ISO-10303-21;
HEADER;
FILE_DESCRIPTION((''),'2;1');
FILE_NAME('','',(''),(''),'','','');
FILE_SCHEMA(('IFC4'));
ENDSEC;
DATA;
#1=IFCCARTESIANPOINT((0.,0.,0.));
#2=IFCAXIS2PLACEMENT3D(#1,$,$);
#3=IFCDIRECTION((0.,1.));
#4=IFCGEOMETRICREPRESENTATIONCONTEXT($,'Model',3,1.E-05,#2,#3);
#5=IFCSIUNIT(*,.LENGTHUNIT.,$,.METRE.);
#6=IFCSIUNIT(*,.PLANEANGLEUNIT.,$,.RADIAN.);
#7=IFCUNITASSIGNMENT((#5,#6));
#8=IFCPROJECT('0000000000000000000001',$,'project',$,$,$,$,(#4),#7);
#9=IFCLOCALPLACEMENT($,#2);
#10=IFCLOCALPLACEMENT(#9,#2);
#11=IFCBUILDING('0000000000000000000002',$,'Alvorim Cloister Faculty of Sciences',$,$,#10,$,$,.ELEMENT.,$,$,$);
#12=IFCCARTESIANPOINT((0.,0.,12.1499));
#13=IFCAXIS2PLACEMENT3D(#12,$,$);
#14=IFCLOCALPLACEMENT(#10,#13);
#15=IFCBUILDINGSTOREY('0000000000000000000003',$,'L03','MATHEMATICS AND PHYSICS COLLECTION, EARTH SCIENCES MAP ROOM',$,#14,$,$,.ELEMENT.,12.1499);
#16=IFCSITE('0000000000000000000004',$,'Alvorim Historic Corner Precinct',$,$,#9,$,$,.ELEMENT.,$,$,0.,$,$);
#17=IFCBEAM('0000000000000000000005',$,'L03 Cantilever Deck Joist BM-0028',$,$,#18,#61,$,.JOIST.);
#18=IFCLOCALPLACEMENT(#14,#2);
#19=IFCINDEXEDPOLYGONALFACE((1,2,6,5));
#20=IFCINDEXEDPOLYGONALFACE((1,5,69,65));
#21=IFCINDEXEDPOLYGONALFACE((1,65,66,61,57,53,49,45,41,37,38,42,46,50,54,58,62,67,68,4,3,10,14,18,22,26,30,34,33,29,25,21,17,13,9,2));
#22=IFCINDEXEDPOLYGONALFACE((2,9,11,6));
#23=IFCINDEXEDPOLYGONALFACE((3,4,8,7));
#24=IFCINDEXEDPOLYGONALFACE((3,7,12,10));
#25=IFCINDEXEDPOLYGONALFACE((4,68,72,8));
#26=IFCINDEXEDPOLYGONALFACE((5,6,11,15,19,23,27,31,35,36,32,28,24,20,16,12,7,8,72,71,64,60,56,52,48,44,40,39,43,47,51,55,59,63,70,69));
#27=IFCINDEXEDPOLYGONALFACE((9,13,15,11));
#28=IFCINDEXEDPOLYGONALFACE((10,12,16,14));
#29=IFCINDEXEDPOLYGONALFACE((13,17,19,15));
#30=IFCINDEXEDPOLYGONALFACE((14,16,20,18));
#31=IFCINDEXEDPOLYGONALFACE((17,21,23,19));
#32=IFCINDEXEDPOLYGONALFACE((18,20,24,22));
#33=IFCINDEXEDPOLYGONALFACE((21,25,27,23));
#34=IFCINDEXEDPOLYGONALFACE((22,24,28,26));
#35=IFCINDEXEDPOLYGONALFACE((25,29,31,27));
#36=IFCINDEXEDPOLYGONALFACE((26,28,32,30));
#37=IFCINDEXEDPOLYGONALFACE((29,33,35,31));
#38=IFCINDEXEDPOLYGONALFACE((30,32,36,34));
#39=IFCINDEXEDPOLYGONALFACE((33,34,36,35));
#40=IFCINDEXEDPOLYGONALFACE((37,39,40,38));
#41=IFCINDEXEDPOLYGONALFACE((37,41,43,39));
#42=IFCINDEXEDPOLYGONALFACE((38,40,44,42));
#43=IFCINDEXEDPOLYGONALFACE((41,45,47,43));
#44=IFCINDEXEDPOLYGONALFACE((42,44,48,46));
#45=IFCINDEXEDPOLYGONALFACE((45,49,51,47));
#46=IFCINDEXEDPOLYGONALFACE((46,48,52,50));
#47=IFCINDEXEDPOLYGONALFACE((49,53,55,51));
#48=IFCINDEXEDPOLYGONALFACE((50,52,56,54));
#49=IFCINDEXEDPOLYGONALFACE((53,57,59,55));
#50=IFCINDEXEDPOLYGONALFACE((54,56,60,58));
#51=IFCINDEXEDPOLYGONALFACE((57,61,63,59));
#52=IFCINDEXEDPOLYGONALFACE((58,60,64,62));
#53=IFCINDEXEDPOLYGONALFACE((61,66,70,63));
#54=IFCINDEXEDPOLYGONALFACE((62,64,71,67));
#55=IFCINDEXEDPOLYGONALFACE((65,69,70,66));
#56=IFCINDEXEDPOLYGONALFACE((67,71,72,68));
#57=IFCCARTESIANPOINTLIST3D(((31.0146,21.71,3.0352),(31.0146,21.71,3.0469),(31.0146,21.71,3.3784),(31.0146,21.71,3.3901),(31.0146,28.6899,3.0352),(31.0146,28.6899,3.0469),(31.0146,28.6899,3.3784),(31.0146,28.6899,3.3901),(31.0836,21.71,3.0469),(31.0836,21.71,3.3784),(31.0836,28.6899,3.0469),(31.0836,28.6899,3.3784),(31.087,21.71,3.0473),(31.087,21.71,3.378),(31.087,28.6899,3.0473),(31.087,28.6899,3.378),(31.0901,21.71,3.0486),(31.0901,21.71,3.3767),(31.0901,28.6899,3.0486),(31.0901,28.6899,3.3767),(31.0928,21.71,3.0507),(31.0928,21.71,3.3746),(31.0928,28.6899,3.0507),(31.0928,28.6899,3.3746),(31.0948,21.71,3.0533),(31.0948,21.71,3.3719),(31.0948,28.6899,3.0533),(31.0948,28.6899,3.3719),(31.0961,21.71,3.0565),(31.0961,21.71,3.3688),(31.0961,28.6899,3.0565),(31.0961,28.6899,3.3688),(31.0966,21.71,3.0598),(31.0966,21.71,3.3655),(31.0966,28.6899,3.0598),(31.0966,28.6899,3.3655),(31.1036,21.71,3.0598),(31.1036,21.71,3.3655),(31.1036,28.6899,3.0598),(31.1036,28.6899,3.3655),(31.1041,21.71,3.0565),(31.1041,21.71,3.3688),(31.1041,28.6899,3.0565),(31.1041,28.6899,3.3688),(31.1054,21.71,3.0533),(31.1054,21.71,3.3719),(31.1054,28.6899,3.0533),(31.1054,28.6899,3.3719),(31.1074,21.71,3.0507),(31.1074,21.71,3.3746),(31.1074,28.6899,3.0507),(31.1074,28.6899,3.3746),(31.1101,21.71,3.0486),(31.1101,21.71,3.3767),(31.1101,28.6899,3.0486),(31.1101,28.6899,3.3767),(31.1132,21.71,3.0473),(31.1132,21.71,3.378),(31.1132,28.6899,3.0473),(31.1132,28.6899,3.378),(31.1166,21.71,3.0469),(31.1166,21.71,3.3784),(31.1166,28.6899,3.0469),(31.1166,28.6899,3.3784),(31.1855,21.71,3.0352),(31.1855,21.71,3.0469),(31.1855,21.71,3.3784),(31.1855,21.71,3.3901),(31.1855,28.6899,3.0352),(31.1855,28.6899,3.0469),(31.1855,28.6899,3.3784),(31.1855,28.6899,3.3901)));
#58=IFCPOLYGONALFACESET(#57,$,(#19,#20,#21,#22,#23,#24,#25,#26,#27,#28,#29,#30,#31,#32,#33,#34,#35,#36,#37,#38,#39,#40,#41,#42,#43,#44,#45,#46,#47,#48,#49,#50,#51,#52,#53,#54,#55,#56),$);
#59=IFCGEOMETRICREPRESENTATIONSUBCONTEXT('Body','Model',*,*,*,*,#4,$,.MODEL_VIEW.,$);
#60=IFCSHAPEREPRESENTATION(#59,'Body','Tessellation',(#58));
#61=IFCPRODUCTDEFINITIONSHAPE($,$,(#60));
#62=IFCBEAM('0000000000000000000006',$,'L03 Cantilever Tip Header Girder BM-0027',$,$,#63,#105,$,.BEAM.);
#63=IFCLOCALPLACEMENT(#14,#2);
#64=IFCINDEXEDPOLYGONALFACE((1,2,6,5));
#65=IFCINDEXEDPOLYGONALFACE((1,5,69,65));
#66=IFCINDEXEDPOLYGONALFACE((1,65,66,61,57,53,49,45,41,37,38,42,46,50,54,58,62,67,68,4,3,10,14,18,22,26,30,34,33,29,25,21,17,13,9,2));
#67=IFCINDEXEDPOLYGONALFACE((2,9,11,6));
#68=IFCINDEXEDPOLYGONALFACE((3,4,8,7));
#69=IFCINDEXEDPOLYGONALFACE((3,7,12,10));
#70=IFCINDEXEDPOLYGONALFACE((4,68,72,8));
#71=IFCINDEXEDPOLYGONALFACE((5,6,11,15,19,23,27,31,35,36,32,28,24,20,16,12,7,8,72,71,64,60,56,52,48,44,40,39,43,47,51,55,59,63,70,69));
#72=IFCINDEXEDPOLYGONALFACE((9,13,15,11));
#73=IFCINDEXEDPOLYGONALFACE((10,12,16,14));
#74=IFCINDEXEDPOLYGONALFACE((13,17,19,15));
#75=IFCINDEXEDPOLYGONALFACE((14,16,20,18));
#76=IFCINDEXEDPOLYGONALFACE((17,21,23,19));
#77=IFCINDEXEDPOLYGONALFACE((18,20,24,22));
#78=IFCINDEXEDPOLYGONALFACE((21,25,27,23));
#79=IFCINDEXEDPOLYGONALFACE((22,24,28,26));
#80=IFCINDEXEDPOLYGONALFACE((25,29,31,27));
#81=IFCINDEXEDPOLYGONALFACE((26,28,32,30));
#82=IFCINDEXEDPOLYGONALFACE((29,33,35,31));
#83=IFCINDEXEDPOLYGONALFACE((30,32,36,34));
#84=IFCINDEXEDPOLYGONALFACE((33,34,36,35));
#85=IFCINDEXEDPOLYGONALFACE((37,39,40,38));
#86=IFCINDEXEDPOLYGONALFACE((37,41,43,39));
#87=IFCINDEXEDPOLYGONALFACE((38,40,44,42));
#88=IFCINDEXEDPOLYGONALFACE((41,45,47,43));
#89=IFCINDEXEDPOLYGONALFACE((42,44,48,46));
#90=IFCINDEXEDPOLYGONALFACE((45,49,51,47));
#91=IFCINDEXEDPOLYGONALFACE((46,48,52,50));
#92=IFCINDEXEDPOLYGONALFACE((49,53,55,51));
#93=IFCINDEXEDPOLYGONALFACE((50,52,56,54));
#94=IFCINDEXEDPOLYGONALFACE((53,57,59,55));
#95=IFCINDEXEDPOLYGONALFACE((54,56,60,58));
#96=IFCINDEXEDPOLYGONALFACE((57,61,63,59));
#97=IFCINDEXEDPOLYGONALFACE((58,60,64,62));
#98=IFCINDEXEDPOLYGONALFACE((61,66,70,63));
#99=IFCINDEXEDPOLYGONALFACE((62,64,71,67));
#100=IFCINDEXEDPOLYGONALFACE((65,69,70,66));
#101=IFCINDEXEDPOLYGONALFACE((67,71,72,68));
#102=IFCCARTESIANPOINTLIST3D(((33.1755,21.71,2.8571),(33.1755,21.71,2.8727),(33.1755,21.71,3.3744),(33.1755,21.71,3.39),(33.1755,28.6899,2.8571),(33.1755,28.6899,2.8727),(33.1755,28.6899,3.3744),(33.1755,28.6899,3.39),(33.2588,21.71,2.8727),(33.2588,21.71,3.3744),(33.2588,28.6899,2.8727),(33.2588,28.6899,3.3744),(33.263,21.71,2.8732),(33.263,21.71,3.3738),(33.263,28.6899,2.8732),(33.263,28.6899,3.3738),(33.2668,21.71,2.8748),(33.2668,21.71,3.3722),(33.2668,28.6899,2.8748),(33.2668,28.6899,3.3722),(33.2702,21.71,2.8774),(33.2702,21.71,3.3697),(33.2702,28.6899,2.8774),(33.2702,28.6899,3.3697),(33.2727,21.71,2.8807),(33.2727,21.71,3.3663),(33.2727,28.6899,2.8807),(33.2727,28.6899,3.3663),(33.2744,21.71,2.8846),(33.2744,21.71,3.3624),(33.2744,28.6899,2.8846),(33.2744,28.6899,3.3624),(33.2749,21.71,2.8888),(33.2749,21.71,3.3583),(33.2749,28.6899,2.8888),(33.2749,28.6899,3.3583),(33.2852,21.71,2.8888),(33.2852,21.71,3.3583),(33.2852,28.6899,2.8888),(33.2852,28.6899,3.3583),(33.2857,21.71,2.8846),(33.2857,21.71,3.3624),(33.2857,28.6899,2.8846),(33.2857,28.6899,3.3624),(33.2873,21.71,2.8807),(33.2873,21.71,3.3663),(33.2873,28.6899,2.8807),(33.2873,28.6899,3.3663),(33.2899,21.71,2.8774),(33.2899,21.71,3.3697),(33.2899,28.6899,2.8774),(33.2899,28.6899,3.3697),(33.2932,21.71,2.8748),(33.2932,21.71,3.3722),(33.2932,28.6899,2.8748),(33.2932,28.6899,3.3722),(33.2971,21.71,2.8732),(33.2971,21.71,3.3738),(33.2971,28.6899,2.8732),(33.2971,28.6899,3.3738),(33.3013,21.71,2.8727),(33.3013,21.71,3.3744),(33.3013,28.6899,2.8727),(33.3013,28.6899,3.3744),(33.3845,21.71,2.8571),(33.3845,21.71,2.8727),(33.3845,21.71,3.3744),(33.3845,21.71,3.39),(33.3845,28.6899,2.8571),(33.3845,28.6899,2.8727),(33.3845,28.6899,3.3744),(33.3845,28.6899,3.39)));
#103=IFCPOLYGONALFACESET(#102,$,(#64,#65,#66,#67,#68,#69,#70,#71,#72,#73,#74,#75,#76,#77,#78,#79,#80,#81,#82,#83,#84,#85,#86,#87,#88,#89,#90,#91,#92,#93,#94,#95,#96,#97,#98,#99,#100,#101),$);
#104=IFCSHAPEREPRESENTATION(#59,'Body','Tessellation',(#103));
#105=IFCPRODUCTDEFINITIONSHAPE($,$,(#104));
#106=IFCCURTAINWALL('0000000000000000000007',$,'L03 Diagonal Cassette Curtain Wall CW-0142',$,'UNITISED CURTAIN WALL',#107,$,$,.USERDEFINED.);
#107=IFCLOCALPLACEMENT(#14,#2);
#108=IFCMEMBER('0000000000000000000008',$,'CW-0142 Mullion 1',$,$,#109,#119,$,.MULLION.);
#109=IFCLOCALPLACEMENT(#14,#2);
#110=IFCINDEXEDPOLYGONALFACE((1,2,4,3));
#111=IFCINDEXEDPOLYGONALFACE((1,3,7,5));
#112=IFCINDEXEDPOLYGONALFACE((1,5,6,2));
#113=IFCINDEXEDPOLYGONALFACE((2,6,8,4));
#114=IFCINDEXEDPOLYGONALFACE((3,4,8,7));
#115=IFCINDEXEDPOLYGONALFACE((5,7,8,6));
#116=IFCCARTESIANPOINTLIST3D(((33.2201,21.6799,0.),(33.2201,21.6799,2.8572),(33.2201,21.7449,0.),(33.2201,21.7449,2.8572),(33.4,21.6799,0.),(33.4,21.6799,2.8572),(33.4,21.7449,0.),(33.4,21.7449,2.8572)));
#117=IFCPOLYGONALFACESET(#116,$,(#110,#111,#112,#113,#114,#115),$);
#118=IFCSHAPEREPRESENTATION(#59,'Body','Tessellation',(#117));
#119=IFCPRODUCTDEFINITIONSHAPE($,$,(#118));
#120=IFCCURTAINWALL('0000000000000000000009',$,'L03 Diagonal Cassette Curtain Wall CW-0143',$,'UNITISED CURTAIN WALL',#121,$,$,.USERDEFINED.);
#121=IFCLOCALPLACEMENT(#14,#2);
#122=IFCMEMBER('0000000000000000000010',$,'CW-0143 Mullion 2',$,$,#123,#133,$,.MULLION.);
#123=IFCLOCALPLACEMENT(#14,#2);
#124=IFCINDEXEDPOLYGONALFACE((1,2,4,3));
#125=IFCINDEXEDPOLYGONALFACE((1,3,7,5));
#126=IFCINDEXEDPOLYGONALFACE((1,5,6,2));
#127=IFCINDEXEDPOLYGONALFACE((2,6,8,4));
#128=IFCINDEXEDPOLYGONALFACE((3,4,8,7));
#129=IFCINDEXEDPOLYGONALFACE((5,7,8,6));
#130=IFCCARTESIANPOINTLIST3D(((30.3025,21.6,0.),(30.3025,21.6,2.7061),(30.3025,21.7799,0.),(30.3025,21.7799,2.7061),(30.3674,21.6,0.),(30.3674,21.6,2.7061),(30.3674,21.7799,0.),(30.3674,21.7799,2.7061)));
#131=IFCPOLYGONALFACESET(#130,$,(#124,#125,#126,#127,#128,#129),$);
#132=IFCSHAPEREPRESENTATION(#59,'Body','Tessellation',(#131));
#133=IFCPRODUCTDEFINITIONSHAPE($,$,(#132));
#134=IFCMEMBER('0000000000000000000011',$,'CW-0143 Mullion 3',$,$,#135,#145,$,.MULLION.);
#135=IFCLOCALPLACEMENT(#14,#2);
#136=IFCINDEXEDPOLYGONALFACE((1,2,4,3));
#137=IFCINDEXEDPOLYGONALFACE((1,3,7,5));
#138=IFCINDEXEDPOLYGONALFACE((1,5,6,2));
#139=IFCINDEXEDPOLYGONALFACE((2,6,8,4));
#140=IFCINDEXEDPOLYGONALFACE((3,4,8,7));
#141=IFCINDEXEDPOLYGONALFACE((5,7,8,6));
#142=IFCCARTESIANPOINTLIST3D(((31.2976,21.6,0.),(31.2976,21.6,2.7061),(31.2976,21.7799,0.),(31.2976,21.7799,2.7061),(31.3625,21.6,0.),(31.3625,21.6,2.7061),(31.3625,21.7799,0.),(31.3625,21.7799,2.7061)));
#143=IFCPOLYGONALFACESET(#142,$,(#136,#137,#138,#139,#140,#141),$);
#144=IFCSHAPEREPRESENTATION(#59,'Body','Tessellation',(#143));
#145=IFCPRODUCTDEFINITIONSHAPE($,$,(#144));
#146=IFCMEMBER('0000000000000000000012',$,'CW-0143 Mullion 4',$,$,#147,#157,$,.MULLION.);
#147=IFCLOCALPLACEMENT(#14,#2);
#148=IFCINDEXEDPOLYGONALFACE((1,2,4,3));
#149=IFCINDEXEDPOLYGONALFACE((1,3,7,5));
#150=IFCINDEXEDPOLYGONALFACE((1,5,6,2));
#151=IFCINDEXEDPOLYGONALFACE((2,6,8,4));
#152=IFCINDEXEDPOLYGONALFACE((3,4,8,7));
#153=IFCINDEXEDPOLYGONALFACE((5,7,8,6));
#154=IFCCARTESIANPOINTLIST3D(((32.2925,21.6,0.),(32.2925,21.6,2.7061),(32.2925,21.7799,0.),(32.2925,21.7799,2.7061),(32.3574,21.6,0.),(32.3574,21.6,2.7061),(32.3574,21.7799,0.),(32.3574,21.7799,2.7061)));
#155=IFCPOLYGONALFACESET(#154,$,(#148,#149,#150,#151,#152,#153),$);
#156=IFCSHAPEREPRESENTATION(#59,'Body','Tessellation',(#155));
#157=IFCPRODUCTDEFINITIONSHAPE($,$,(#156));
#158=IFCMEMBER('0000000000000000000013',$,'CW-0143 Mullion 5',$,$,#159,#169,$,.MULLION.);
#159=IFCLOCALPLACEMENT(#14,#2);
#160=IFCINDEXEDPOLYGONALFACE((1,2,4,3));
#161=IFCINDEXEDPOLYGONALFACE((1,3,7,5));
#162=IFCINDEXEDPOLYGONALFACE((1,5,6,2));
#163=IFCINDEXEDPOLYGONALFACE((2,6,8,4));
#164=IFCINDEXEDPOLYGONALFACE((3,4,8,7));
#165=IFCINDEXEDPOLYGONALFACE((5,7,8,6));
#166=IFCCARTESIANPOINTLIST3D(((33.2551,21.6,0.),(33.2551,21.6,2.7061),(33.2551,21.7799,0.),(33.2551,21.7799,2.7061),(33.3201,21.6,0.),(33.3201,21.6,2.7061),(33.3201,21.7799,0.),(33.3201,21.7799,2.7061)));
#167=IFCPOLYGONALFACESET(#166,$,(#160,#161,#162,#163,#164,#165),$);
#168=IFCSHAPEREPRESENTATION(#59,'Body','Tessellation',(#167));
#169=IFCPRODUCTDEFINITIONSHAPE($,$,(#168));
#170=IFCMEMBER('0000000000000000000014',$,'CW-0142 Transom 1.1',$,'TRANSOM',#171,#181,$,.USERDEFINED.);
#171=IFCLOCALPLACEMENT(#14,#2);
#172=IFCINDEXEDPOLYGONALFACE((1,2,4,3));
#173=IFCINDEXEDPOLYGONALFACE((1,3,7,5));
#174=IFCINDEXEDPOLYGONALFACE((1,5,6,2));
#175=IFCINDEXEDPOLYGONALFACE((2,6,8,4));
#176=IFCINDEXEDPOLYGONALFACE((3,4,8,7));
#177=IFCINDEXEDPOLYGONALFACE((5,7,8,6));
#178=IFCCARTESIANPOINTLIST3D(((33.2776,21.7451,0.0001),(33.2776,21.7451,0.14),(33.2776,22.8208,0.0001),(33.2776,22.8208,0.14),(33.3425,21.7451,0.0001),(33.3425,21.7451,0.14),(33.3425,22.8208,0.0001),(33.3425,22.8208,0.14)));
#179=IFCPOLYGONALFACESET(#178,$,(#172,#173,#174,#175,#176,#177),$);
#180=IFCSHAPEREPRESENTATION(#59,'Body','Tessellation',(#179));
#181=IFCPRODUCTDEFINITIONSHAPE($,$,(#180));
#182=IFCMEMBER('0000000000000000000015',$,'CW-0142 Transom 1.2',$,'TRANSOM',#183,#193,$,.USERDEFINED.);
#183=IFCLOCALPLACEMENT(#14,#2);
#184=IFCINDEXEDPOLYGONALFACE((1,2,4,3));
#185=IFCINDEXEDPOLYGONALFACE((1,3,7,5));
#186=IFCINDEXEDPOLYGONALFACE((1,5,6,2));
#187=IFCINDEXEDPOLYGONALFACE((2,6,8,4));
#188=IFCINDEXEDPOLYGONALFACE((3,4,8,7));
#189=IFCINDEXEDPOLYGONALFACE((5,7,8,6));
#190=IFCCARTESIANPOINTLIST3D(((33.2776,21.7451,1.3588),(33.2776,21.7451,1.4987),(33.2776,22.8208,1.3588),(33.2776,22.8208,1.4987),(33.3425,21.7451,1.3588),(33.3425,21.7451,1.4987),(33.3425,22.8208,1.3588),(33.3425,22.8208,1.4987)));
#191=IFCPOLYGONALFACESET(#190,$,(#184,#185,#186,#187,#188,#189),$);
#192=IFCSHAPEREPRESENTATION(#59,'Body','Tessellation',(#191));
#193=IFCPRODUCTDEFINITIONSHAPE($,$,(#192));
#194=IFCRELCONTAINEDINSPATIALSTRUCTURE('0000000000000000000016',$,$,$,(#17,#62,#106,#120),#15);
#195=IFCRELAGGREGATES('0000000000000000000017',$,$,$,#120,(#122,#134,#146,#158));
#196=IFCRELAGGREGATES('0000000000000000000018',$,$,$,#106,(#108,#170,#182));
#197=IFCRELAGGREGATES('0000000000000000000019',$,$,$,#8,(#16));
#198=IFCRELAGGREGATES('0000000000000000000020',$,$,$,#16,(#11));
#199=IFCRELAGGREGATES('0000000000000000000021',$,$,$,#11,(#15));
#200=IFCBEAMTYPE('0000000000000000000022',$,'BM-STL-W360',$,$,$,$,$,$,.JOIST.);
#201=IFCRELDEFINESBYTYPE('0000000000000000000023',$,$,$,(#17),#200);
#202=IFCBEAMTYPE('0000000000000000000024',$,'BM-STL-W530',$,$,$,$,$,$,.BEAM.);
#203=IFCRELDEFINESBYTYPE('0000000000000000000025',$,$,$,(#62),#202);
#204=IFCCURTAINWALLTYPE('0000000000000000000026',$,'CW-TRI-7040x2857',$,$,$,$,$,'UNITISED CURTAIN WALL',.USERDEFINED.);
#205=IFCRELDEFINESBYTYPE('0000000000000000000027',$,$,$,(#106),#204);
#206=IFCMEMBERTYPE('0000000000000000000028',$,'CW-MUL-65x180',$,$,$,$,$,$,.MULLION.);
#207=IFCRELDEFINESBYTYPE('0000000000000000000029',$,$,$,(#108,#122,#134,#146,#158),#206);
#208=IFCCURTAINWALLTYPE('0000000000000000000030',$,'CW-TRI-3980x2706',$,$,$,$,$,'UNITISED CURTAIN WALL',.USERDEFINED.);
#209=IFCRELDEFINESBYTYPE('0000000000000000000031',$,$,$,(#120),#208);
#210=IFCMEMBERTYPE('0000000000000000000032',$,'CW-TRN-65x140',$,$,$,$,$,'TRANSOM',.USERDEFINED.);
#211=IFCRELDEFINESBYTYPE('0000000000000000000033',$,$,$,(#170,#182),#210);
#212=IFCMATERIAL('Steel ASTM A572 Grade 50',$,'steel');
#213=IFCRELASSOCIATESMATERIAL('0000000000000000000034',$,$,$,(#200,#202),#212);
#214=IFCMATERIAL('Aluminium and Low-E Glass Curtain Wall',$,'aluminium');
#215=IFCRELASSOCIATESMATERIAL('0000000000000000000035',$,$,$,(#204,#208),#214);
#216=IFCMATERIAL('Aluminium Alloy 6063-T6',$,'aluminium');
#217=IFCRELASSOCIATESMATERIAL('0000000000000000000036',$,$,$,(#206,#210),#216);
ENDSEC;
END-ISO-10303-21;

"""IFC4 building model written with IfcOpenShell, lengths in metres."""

from ifc_helpers import new_model, si_unit, direction, frame, origin, origin_2d, place, context, subcontext, project, spatial, rectangle, i_section, extrude, material, material_profile, profile_set, type_object, element, aggregate, save


model = new_model("IFC4")

# Units and contexts
model_context = context("Model", 3, precision=1e-05, world=origin(), true_north=direction((0.0, 1.0)))
body_context = subcontext(model_context, "Body", "Model", "MODEL_VIEW")
ifc_project = project(units=[si_unit("LENGTHUNIT", "METRE"), si_unit("PLANEANGLEUNIT", "RADIAN")], contexts=[model_context])

# Site, building, storey
site_placement = place(None, origin())
site = spatial("IfcSite", under=ifc_project, at=site_placement, Name="Alvorim Historic Corner Precinct", CompositionType="ELEMENT", RefElevation=0.0)
building_placement = place(site_placement, origin())
building = spatial("IfcBuilding", under=site, at=building_placement, Name="Alvorim Cloister Faculty of Sciences", CompositionType="ELEMENT")
storey_placement = place(building_placement, frame((0.0, 0.0, 12.1499)))
storey = spatial("IfcBuildingStorey", under=building, at=storey_placement, Name="L03", Description="MATHEMATICS AND PHYSICS COLLECTION, EARTH SCIENCES MAP ROOM", CompositionType="ELEMENT", Elevation=12.1499)

# Beams
ifc_material_1 = material(Name="Steel ASTM A572 Grade 50", Category="steel")
ifc_material_profile_1 = material_profile(ifc_material_1, i_section(OverallWidth=0.1709, OverallDepth=0.355, WebThickness=0.0071, FlangeThickness=0.0117, FilletRadius=0.0129, at=origin_2d()), Name="W360x51.0")
ifc_profile_set_1 = profile_set([ifc_material_profile_1], Name="Steel ASTM A572 Grade 50")
beam_type_1 = type_object("IfcBeamType", Name="BM-STL-W360", PredefinedType="JOIST", material=ifc_profile_set_1)
beam_1_placement = place(storey_placement, frame((31.1001, 21.71, 3.2126), z_axis=(0.0, 1.0, 0.0), x_axis=(-1.0, 0.0, 0.0)))
element("IfcBeam", 1, at=beam_1_placement, inside=storey, type_object=beam_type_1, Name="L03 Cantilever Deck Joist BM-0028", PredefinedType="JOIST", context=body_context, shape_type="SweptSolid", body=[
    extrude(i_section(OverallWidth=0.1709, OverallDepth=0.355, WebThickness=0.0071, FlangeThickness=0.0117, FilletRadius=0.0129, at=origin_2d()), origin(), (0.0, 0.0, 1.0), 6.98),
])
ifc_material_profile_2 = material_profile(ifc_material_1, i_section(OverallWidth=0.209, OverallDepth=0.533, WebThickness=0.0103, FlangeThickness=0.0156, FilletRadius=0.0161, at=origin_2d()), Name="W530x92.0")
ifc_profile_set_2 = profile_set([ifc_material_profile_2], Name="Steel ASTM A572 Grade 50")
beam_type_2 = type_object("IfcBeamType", Name="BM-STL-W530", PredefinedType="BEAM", material=ifc_profile_set_2)
beam_2_placement = place(storey_placement, frame((33.28, 21.71, 3.1235), z_axis=(0.0, 1.0, 0.0), x_axis=(-1.0, 0.0, 0.0)))
element("IfcBeam", 2, at=beam_2_placement, inside=storey, type_object=beam_type_2, Name="L03 Cantilever Tip Header Girder BM-0027", PredefinedType="BEAM", context=body_context, shape_type="SweptSolid", body=[
    extrude(i_section(OverallWidth=0.209, OverallDepth=0.533, WebThickness=0.0103, FlangeThickness=0.0156, FilletRadius=0.0161, at=origin_2d()), origin(), (0.0, 0.0, 1.0), 6.98),
])

# Curtain wall, member
ifc_material_2 = material(Name="Aluminium and Low-E Glass Curtain Wall", Category="aluminium")
curtain_wall_type_1 = type_object("IfcCurtainWallType", Name="CW-TRI-7040x2857", ElementType="UNITISED CURTAIN WALL", PredefinedType="USERDEFINED", material=ifc_material_2)
curtain_wall_1_placement = place(storey_placement, origin())
curtain_wall_1 = element("IfcCurtainWall", 3, at=curtain_wall_1_placement, inside=storey, type_object=curtain_wall_type_1, Name="L03 Diagonal Cassette Curtain Wall CW-0142", ObjectType="UNITISED CURTAIN WALL", PredefinedType="USERDEFINED")
ifc_material_3 = material(Name="Aluminium Alloy 6063-T6", Category="aluminium")
ifc_material_profile_3 = material_profile(ifc_material_3, rectangle(XDim=0.0649, YDim=0.1799, at=origin_2d()), Name="ALU-MUL-65x180")
ifc_profile_set_3 = profile_set([ifc_material_profile_3], Name="Aluminium Alloy 6063-T6")
member_type_1 = type_object("IfcMemberType", Name="CW-MUL-65x180", PredefinedType="MULLION", material=ifc_profile_set_3)
member_1_placement = place(storey_placement, frame((33.3101, 21.7124, 0.0), z_axis=(0.0, 0.0, 1.0), x_axis=(0.0, 1.0, 0.0)))
member_1 = element("IfcMember", 4, at=member_1_placement, type_object=member_type_1, Name="CW-0142 Mullion 1", PredefinedType="MULLION", context=body_context, shape_type="SweptSolid", body=[
    extrude(rectangle(XDim=0.0649, YDim=0.1799, at=origin_2d()), origin(), (0.0, 0.0, 1.0), 2.8572),
])

# Curtain wall, members
curtain_wall_type_2 = type_object("IfcCurtainWallType", Name="CW-TRI-3980x2706", ElementType="UNITISED CURTAIN WALL", PredefinedType="USERDEFINED", material=ifc_material_2)
curtain_wall_2_placement = place(storey_placement, origin())
curtain_wall_2 = element("IfcCurtainWall", 5, at=curtain_wall_2_placement, inside=storey, type_object=curtain_wall_type_2, Name="L03 Diagonal Cassette Curtain Wall CW-0143", ObjectType="UNITISED CURTAIN WALL", PredefinedType="USERDEFINED")
member_2_placement = place(storey_placement, frame((30.335, 21.6899, 0.0), z_axis=(0.0, 0.0, 1.0), x_axis=(1.0, 0.0, 0.0)))
member_2 = element("IfcMember", 6, at=member_2_placement, type_object=member_type_1, Name="CW-0143 Mullion 2", PredefinedType="MULLION", context=body_context, shape_type="SweptSolid", body=[
    extrude(rectangle(XDim=0.0649, YDim=0.1799, at=origin_2d()), origin(), (0.0, 0.0, 1.0), 2.7061),
])
member_3_placement = place(storey_placement, frame((31.3301, 21.6899, 0.0), z_axis=(0.0, 0.0, 1.0), x_axis=(1.0, 0.0, 0.0)))
member_3 = element("IfcMember", 7, at=member_3_placement, type_object=member_type_1, Name="CW-0143 Mullion 3", PredefinedType="MULLION", context=body_context, shape_type="SweptSolid", body=[
    extrude(rectangle(XDim=0.0649, YDim=0.1799, at=origin_2d()), origin(), (0.0, 0.0, 1.0), 2.7061),
])
member_4_placement = place(storey_placement, frame((32.325, 21.6899, 0.0), z_axis=(0.0, 0.0, 1.0), x_axis=(1.0, 0.0, 0.0)))
member_4 = element("IfcMember", 8, at=member_4_placement, type_object=member_type_1, Name="CW-0143 Mullion 4", PredefinedType="MULLION", context=body_context, shape_type="SweptSolid", body=[
    extrude(rectangle(XDim=0.0649, YDim=0.1799, at=origin_2d()), origin(), (0.0, 0.0, 1.0), 2.7061),
])
member_5_placement = place(storey_placement, frame((33.2876, 21.6899, 0.0), z_axis=(0.0, 0.0, 1.0), x_axis=(1.0, 0.0, 0.0)))
member_5 = element("IfcMember", 9, at=member_5_placement, type_object=member_type_1, Name="CW-0143 Mullion 5", PredefinedType="MULLION", context=body_context, shape_type="SweptSolid", body=[
    extrude(rectangle(XDim=0.0649, YDim=0.1799, at=origin_2d()), origin(), (0.0, 0.0, 1.0), 2.7061),
])

# Members
ifc_material_profile_4 = material_profile(ifc_material_3, rectangle(XDim=0.0649, YDim=0.1399, at=origin_2d()), Name="ALU-TRN-65x140")
ifc_profile_set_4 = profile_set([ifc_material_profile_4], Name="Aluminium Alloy 6063-T6")
member_type_2 = type_object("IfcMemberType", Name="CW-TRN-65x140", ElementType="TRANSOM", PredefinedType="USERDEFINED", material=ifc_profile_set_4)
member_6_placement = place(storey_placement, frame((33.3101, 21.7451, 0.0701), z_axis=(0.0, 1.0, 0.0), x_axis=(-1.0, 0.0, 0.0)))
member_6 = element("IfcMember", 10, at=member_6_placement, type_object=member_type_2, Name="CW-0142 Transom 1.1", ObjectType="TRANSOM", PredefinedType="USERDEFINED", context=body_context, shape_type="SweptSolid", body=[
    extrude(rectangle(XDim=0.0649, YDim=0.1399, at=origin_2d()), origin(), (0.0, 0.0, 1.0), 1.0757),
])
member_7_placement = place(storey_placement, frame((33.3101, 21.7451, 1.4287), z_axis=(0.0, 1.0, 0.0), x_axis=(-1.0, 0.0, 0.0)))
member_7 = element("IfcMember", 11, at=member_7_placement, type_object=member_type_2, Name="CW-0142 Transom 1.2", ObjectType="TRANSOM", PredefinedType="USERDEFINED", context=body_context, shape_type="SweptSolid", body=[
    extrude(rectangle(XDim=0.0649, YDim=0.1399, at=origin_2d()), origin(), (0.0, 0.0, 1.0), 1.0757),
])
aggregate(curtain_wall_2, [member_2, member_3, member_4, member_5])

aggregate(curtain_wall_1, [member_1, member_6, member_7])

save(model, "model.ifc")
